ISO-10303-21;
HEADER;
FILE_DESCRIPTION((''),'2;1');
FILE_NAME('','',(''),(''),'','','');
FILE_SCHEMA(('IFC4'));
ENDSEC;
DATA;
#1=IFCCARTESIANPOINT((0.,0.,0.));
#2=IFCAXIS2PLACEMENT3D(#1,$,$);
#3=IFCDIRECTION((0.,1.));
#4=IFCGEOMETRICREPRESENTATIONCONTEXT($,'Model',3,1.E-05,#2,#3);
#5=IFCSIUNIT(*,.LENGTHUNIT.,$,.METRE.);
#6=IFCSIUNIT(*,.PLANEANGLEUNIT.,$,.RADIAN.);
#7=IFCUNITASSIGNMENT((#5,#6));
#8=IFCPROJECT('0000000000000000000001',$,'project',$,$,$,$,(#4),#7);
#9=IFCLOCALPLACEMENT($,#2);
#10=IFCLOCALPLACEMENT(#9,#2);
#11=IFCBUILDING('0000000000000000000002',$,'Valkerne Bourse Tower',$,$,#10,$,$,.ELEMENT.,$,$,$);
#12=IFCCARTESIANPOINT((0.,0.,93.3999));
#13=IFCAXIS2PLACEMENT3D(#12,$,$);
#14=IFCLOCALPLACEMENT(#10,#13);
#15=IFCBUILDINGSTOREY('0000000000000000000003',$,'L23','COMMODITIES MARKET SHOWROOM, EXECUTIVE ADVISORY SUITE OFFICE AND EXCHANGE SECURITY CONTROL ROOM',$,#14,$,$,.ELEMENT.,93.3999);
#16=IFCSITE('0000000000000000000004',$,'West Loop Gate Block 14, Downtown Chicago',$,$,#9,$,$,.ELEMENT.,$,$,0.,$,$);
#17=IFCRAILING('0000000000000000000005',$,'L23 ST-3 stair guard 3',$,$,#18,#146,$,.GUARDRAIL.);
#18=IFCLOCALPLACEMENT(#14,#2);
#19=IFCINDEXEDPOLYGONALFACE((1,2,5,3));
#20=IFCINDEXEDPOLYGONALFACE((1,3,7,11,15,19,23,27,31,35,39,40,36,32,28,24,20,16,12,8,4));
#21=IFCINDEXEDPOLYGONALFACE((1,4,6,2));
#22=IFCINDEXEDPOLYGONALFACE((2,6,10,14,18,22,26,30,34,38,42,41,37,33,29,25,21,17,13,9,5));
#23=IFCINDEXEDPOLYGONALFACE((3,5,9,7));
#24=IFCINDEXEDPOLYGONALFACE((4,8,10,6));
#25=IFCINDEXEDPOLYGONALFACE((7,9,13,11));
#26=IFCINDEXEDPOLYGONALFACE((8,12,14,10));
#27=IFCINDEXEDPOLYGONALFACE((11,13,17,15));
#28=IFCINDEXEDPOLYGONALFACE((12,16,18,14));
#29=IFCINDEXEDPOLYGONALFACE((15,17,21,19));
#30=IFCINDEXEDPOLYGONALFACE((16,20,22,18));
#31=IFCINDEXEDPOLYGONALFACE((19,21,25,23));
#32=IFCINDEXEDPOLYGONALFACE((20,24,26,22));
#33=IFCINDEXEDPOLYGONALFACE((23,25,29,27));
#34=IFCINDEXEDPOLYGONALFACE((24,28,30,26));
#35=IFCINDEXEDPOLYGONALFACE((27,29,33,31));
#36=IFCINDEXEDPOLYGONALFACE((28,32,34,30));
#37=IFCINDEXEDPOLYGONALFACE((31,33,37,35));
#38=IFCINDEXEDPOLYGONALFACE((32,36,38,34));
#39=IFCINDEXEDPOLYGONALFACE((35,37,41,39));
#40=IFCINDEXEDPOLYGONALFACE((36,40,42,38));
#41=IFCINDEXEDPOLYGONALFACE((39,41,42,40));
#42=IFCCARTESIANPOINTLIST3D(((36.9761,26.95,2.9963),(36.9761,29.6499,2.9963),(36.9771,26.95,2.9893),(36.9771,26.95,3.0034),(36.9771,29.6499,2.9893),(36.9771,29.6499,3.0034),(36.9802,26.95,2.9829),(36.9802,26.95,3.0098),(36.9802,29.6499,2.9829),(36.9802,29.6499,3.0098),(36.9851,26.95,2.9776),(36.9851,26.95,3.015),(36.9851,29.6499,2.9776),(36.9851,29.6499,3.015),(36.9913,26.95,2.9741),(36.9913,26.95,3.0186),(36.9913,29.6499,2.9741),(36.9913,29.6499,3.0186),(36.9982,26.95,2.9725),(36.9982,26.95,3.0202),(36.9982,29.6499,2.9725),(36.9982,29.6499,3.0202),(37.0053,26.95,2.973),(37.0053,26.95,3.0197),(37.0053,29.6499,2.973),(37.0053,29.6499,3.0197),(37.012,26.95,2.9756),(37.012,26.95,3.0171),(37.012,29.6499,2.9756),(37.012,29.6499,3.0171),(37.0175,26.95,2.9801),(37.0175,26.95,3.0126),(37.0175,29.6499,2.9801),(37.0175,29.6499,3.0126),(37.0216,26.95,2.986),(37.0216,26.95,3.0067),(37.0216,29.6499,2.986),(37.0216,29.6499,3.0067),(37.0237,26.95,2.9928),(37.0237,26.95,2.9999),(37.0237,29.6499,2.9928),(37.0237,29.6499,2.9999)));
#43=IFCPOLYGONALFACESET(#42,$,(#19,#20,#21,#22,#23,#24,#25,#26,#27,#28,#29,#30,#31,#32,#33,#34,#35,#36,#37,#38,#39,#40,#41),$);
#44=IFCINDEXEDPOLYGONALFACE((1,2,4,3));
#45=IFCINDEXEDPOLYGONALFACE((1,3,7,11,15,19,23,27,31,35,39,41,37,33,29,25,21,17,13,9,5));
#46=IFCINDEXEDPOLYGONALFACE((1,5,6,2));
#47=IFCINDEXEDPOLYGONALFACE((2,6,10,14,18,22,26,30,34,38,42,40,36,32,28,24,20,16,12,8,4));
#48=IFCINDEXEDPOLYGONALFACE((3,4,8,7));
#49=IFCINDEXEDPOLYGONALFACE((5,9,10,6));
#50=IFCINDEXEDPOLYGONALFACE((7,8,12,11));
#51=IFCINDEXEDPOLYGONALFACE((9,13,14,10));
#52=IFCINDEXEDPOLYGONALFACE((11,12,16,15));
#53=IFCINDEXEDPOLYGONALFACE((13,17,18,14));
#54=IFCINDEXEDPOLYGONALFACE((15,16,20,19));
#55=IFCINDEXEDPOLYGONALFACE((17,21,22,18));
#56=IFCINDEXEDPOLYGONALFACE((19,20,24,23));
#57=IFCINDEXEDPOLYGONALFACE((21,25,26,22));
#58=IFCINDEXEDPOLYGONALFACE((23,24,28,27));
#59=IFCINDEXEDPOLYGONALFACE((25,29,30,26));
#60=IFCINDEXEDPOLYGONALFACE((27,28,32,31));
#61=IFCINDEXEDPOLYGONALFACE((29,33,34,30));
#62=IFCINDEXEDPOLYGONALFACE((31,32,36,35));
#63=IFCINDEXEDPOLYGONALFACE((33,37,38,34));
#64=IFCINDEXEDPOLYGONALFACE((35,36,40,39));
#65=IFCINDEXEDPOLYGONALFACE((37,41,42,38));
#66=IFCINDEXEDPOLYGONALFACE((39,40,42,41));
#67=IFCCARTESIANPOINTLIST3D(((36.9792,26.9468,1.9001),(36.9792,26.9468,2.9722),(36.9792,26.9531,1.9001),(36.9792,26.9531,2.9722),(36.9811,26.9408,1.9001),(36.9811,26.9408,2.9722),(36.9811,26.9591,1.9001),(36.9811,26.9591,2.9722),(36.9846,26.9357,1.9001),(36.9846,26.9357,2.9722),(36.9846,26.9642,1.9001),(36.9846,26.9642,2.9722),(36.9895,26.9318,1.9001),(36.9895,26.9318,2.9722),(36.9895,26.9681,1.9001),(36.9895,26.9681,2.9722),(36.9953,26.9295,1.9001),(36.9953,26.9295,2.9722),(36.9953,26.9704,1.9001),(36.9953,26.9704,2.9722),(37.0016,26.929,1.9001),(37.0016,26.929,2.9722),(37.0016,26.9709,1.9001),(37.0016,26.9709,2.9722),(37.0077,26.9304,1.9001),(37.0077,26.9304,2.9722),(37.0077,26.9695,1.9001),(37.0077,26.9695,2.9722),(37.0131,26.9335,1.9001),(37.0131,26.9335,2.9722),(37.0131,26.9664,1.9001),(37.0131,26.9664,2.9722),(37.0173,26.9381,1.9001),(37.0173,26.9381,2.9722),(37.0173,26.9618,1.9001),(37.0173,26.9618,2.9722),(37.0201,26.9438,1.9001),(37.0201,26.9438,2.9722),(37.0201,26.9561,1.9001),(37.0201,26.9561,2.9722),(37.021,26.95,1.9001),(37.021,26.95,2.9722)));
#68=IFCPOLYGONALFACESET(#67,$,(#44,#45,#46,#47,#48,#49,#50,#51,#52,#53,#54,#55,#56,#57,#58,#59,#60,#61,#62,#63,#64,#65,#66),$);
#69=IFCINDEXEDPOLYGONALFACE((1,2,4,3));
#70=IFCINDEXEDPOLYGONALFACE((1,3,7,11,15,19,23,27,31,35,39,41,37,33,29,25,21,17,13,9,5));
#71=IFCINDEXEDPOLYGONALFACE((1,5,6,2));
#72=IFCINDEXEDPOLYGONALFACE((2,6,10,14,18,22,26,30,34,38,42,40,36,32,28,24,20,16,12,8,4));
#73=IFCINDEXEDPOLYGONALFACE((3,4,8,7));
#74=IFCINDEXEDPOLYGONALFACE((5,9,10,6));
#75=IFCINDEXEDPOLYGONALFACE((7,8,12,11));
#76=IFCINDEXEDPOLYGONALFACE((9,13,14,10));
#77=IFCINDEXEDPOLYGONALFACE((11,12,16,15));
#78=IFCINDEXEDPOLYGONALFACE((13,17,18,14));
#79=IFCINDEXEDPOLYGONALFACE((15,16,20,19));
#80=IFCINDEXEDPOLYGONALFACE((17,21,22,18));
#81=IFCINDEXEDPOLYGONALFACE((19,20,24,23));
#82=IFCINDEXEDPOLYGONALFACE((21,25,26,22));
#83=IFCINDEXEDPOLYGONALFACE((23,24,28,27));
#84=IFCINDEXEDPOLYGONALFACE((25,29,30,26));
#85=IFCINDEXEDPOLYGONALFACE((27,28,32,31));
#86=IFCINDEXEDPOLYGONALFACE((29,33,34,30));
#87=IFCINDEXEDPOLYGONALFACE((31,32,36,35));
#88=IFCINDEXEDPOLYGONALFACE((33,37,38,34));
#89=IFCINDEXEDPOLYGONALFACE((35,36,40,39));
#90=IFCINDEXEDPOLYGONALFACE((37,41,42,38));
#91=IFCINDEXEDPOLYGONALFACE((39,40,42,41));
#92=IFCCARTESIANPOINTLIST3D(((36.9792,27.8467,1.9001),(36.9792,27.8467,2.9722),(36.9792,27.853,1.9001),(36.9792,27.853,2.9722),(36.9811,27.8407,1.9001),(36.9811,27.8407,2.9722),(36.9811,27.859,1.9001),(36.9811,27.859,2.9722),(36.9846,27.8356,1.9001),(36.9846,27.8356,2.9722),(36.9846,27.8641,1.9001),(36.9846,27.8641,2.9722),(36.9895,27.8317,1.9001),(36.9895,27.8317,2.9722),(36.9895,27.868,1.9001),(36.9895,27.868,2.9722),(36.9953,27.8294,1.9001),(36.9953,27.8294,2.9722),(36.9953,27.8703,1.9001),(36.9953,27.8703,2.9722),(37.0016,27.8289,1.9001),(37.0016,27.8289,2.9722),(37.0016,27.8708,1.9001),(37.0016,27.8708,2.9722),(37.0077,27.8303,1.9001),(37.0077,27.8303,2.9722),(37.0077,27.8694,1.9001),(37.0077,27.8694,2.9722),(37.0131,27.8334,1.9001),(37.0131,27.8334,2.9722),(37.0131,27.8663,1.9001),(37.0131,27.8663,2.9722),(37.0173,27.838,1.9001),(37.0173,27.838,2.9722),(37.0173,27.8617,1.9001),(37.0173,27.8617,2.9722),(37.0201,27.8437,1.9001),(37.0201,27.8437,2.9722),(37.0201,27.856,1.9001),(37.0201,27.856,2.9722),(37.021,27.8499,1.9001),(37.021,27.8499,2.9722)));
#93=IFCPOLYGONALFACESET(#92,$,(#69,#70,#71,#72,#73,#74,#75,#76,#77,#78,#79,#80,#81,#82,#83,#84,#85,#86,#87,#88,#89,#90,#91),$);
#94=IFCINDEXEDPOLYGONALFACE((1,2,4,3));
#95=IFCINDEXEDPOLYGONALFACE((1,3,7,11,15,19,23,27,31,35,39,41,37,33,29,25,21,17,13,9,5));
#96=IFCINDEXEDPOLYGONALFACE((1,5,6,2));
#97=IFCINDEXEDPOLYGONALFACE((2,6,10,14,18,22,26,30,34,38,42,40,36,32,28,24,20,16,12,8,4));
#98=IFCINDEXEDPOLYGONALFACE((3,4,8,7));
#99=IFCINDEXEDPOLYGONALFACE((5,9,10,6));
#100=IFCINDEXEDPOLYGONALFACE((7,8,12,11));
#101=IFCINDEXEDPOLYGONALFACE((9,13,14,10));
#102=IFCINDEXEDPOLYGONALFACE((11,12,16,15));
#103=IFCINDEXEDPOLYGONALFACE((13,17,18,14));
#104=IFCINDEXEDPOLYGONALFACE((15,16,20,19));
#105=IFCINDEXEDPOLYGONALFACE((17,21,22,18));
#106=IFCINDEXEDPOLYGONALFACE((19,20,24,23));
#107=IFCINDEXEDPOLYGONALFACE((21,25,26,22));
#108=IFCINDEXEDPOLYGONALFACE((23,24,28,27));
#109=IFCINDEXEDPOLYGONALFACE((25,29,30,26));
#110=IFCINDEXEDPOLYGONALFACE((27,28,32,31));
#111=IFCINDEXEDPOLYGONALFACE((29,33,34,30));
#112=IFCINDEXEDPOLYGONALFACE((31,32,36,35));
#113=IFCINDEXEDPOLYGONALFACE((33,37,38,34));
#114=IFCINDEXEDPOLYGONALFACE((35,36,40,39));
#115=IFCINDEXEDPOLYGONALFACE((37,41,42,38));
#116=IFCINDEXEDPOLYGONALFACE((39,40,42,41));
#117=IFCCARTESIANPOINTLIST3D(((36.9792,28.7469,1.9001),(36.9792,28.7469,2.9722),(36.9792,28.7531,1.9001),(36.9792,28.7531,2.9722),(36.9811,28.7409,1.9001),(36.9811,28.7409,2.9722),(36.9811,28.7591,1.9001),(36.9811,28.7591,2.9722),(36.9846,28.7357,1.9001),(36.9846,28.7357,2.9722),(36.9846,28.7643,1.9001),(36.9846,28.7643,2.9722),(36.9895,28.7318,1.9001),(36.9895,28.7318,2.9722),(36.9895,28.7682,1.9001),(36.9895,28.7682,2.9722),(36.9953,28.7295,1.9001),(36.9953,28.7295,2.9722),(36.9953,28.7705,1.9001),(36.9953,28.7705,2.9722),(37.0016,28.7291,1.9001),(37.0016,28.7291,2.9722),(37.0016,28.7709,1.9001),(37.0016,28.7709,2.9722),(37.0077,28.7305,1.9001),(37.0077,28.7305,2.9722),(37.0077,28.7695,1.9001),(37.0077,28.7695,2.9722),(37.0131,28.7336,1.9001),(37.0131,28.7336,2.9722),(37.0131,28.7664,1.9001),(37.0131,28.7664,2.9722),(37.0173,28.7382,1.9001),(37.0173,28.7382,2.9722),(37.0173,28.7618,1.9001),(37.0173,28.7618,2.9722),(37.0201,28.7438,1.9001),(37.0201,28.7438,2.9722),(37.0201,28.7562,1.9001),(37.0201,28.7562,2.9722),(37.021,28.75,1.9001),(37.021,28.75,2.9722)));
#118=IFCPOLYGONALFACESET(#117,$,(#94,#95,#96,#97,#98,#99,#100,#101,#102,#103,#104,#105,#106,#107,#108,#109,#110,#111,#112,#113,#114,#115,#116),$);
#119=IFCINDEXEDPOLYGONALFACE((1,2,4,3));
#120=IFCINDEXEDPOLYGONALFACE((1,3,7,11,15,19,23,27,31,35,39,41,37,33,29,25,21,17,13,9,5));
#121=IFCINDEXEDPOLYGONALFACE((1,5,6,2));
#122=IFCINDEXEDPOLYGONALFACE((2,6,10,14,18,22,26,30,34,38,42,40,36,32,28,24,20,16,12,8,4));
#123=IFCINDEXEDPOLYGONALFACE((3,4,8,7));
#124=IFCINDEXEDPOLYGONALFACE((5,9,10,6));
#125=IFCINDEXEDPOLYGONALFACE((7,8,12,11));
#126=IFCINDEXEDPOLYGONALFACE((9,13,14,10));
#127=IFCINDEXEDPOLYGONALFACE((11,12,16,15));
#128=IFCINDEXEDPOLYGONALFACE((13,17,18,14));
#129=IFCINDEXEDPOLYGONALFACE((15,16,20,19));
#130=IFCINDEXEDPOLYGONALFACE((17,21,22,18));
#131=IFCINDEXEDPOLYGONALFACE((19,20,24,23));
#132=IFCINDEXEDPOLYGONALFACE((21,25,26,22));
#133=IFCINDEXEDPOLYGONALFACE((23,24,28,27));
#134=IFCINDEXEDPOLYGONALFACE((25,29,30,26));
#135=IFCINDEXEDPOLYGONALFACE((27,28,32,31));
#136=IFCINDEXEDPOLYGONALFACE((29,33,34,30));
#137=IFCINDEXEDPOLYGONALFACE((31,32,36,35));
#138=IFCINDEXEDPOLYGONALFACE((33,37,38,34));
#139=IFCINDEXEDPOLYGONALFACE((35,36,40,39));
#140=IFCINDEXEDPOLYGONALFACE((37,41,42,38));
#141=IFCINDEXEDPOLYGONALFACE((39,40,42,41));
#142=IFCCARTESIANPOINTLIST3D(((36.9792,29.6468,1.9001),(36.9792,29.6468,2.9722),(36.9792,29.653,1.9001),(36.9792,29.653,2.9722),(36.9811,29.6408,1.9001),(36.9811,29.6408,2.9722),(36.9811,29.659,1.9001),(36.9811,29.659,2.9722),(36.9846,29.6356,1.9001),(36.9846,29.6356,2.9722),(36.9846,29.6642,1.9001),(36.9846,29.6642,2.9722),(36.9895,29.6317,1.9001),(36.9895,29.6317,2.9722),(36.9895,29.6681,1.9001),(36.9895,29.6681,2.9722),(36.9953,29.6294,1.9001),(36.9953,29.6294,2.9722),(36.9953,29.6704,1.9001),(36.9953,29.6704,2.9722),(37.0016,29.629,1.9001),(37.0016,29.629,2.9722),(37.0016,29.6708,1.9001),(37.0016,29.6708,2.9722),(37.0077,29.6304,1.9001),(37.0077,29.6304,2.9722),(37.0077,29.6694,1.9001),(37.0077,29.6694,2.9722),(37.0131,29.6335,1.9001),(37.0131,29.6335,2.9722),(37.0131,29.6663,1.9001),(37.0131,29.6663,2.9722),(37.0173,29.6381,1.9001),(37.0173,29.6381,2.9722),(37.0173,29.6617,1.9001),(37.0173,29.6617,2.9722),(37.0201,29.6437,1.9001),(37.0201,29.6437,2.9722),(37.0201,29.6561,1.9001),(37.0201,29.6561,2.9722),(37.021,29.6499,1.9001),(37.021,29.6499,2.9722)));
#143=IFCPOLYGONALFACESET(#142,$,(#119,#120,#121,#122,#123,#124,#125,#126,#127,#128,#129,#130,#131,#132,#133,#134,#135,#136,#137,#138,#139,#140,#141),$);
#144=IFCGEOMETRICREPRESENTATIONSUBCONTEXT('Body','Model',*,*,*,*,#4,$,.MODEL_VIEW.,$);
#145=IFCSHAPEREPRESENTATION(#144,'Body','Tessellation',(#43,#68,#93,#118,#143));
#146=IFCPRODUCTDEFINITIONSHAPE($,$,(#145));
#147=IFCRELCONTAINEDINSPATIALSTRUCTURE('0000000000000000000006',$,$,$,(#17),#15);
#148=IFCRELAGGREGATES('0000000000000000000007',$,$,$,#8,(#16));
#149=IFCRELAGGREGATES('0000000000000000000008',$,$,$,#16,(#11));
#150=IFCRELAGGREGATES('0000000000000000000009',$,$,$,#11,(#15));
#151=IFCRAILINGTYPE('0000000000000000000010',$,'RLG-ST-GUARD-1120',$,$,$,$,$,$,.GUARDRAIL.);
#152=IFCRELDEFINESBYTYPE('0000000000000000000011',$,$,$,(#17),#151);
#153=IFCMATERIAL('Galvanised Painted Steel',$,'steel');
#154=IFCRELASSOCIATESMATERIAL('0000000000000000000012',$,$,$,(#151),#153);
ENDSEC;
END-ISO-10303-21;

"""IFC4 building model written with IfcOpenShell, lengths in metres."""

from ifc_helpers import new_model, si_unit, direction, frame, origin, origin_2d, place, context, subcontext, project, spatial, circle, extrude, material, type_object, element, save


model = new_model("IFC4")

# Units and contexts
model_context = context("Model", 3, precision=1e-05, world=origin(), true_north=direction((0.0, 1.0)))
body_context = subcontext(model_context, "Body", "Model", "MODEL_VIEW")
ifc_project = project(units=[si_unit("LENGTHUNIT", "METRE"), si_unit("PLANEANGLEUNIT", "RADIAN")], contexts=[model_context])

# Site, building, storey
site_placement = place(None, origin())
site = spatial("IfcSite", under=ifc_project, at=site_placement, Name="West Loop Gate Block 14, Downtown Chicago", CompositionType="ELEMENT", RefElevation=0.0)
building_placement = place(site_placement, origin())
building = spatial("IfcBuilding", under=site, at=building_placement, Name="Valkerne Bourse Tower", CompositionType="ELEMENT")
storey_placement = place(building_placement, frame((0.0, 0.0, 93.3999)))
storey = spatial("IfcBuildingStorey", under=building, at=storey_placement, Name="L23", Description="COMMODITIES MARKET SHOWROOM, EXECUTIVE ADVISORY SUITE OFFICE AND EXCHANGE SECURITY CONTROL ROOM", CompositionType="ELEMENT", Elevation=93.3999)

# Shared definitions
ifc_material_1 = material(Name="Galvanised Painted Steel", Category="steel")

# Railing
railing_type_1 = type_object("IfcRailingType", Name="RLG-ST-GUARD-1120", PredefinedType="GUARDRAIL", material=ifc_material_1)
for number, where, name in (
    (1, (37.0, 26.95, 1.9001), "L23 ST-3 stair guard 3"),
):
    element("IfcRailing", number, at=place(storey_placement, frame(where)), inside=storey, type_object=railing_type_1, Name=name, PredefinedType="GUARDRAIL", context=body_context, shape_type="SweptSolid", body=[
        extrude(circle(Radius=0.0239, at=origin_2d()), frame((0.0, 0.0, 1.0962), z_axis=(0.0, 1.0, 0.0), x_axis=(-1.0, 0.0, 0.0)), (0.0, 0.0, 1.0), 2.7),
        extrude(circle(Radius=0.021, at=origin_2d()), origin(), (0.0, 0.0, 1.0), 1.072),
        extrude(circle(Radius=0.021, at=origin_2d()), frame((0.0, 0.8999, 0.0)), (0.0, 0.0, 1.0), 1.072),
        extrude(circle(Radius=0.021, at=origin_2d()), frame((0.0, 1.8, 0.0)), (0.0, 0.0, 1.0), 1.072),
        extrude(circle(Radius=0.021, at=origin_2d()), frame((0.0, 2.7, 0.0)), (0.0, 0.0, 1.0), 1.072),
    ])

save(model, "model.ifc")
